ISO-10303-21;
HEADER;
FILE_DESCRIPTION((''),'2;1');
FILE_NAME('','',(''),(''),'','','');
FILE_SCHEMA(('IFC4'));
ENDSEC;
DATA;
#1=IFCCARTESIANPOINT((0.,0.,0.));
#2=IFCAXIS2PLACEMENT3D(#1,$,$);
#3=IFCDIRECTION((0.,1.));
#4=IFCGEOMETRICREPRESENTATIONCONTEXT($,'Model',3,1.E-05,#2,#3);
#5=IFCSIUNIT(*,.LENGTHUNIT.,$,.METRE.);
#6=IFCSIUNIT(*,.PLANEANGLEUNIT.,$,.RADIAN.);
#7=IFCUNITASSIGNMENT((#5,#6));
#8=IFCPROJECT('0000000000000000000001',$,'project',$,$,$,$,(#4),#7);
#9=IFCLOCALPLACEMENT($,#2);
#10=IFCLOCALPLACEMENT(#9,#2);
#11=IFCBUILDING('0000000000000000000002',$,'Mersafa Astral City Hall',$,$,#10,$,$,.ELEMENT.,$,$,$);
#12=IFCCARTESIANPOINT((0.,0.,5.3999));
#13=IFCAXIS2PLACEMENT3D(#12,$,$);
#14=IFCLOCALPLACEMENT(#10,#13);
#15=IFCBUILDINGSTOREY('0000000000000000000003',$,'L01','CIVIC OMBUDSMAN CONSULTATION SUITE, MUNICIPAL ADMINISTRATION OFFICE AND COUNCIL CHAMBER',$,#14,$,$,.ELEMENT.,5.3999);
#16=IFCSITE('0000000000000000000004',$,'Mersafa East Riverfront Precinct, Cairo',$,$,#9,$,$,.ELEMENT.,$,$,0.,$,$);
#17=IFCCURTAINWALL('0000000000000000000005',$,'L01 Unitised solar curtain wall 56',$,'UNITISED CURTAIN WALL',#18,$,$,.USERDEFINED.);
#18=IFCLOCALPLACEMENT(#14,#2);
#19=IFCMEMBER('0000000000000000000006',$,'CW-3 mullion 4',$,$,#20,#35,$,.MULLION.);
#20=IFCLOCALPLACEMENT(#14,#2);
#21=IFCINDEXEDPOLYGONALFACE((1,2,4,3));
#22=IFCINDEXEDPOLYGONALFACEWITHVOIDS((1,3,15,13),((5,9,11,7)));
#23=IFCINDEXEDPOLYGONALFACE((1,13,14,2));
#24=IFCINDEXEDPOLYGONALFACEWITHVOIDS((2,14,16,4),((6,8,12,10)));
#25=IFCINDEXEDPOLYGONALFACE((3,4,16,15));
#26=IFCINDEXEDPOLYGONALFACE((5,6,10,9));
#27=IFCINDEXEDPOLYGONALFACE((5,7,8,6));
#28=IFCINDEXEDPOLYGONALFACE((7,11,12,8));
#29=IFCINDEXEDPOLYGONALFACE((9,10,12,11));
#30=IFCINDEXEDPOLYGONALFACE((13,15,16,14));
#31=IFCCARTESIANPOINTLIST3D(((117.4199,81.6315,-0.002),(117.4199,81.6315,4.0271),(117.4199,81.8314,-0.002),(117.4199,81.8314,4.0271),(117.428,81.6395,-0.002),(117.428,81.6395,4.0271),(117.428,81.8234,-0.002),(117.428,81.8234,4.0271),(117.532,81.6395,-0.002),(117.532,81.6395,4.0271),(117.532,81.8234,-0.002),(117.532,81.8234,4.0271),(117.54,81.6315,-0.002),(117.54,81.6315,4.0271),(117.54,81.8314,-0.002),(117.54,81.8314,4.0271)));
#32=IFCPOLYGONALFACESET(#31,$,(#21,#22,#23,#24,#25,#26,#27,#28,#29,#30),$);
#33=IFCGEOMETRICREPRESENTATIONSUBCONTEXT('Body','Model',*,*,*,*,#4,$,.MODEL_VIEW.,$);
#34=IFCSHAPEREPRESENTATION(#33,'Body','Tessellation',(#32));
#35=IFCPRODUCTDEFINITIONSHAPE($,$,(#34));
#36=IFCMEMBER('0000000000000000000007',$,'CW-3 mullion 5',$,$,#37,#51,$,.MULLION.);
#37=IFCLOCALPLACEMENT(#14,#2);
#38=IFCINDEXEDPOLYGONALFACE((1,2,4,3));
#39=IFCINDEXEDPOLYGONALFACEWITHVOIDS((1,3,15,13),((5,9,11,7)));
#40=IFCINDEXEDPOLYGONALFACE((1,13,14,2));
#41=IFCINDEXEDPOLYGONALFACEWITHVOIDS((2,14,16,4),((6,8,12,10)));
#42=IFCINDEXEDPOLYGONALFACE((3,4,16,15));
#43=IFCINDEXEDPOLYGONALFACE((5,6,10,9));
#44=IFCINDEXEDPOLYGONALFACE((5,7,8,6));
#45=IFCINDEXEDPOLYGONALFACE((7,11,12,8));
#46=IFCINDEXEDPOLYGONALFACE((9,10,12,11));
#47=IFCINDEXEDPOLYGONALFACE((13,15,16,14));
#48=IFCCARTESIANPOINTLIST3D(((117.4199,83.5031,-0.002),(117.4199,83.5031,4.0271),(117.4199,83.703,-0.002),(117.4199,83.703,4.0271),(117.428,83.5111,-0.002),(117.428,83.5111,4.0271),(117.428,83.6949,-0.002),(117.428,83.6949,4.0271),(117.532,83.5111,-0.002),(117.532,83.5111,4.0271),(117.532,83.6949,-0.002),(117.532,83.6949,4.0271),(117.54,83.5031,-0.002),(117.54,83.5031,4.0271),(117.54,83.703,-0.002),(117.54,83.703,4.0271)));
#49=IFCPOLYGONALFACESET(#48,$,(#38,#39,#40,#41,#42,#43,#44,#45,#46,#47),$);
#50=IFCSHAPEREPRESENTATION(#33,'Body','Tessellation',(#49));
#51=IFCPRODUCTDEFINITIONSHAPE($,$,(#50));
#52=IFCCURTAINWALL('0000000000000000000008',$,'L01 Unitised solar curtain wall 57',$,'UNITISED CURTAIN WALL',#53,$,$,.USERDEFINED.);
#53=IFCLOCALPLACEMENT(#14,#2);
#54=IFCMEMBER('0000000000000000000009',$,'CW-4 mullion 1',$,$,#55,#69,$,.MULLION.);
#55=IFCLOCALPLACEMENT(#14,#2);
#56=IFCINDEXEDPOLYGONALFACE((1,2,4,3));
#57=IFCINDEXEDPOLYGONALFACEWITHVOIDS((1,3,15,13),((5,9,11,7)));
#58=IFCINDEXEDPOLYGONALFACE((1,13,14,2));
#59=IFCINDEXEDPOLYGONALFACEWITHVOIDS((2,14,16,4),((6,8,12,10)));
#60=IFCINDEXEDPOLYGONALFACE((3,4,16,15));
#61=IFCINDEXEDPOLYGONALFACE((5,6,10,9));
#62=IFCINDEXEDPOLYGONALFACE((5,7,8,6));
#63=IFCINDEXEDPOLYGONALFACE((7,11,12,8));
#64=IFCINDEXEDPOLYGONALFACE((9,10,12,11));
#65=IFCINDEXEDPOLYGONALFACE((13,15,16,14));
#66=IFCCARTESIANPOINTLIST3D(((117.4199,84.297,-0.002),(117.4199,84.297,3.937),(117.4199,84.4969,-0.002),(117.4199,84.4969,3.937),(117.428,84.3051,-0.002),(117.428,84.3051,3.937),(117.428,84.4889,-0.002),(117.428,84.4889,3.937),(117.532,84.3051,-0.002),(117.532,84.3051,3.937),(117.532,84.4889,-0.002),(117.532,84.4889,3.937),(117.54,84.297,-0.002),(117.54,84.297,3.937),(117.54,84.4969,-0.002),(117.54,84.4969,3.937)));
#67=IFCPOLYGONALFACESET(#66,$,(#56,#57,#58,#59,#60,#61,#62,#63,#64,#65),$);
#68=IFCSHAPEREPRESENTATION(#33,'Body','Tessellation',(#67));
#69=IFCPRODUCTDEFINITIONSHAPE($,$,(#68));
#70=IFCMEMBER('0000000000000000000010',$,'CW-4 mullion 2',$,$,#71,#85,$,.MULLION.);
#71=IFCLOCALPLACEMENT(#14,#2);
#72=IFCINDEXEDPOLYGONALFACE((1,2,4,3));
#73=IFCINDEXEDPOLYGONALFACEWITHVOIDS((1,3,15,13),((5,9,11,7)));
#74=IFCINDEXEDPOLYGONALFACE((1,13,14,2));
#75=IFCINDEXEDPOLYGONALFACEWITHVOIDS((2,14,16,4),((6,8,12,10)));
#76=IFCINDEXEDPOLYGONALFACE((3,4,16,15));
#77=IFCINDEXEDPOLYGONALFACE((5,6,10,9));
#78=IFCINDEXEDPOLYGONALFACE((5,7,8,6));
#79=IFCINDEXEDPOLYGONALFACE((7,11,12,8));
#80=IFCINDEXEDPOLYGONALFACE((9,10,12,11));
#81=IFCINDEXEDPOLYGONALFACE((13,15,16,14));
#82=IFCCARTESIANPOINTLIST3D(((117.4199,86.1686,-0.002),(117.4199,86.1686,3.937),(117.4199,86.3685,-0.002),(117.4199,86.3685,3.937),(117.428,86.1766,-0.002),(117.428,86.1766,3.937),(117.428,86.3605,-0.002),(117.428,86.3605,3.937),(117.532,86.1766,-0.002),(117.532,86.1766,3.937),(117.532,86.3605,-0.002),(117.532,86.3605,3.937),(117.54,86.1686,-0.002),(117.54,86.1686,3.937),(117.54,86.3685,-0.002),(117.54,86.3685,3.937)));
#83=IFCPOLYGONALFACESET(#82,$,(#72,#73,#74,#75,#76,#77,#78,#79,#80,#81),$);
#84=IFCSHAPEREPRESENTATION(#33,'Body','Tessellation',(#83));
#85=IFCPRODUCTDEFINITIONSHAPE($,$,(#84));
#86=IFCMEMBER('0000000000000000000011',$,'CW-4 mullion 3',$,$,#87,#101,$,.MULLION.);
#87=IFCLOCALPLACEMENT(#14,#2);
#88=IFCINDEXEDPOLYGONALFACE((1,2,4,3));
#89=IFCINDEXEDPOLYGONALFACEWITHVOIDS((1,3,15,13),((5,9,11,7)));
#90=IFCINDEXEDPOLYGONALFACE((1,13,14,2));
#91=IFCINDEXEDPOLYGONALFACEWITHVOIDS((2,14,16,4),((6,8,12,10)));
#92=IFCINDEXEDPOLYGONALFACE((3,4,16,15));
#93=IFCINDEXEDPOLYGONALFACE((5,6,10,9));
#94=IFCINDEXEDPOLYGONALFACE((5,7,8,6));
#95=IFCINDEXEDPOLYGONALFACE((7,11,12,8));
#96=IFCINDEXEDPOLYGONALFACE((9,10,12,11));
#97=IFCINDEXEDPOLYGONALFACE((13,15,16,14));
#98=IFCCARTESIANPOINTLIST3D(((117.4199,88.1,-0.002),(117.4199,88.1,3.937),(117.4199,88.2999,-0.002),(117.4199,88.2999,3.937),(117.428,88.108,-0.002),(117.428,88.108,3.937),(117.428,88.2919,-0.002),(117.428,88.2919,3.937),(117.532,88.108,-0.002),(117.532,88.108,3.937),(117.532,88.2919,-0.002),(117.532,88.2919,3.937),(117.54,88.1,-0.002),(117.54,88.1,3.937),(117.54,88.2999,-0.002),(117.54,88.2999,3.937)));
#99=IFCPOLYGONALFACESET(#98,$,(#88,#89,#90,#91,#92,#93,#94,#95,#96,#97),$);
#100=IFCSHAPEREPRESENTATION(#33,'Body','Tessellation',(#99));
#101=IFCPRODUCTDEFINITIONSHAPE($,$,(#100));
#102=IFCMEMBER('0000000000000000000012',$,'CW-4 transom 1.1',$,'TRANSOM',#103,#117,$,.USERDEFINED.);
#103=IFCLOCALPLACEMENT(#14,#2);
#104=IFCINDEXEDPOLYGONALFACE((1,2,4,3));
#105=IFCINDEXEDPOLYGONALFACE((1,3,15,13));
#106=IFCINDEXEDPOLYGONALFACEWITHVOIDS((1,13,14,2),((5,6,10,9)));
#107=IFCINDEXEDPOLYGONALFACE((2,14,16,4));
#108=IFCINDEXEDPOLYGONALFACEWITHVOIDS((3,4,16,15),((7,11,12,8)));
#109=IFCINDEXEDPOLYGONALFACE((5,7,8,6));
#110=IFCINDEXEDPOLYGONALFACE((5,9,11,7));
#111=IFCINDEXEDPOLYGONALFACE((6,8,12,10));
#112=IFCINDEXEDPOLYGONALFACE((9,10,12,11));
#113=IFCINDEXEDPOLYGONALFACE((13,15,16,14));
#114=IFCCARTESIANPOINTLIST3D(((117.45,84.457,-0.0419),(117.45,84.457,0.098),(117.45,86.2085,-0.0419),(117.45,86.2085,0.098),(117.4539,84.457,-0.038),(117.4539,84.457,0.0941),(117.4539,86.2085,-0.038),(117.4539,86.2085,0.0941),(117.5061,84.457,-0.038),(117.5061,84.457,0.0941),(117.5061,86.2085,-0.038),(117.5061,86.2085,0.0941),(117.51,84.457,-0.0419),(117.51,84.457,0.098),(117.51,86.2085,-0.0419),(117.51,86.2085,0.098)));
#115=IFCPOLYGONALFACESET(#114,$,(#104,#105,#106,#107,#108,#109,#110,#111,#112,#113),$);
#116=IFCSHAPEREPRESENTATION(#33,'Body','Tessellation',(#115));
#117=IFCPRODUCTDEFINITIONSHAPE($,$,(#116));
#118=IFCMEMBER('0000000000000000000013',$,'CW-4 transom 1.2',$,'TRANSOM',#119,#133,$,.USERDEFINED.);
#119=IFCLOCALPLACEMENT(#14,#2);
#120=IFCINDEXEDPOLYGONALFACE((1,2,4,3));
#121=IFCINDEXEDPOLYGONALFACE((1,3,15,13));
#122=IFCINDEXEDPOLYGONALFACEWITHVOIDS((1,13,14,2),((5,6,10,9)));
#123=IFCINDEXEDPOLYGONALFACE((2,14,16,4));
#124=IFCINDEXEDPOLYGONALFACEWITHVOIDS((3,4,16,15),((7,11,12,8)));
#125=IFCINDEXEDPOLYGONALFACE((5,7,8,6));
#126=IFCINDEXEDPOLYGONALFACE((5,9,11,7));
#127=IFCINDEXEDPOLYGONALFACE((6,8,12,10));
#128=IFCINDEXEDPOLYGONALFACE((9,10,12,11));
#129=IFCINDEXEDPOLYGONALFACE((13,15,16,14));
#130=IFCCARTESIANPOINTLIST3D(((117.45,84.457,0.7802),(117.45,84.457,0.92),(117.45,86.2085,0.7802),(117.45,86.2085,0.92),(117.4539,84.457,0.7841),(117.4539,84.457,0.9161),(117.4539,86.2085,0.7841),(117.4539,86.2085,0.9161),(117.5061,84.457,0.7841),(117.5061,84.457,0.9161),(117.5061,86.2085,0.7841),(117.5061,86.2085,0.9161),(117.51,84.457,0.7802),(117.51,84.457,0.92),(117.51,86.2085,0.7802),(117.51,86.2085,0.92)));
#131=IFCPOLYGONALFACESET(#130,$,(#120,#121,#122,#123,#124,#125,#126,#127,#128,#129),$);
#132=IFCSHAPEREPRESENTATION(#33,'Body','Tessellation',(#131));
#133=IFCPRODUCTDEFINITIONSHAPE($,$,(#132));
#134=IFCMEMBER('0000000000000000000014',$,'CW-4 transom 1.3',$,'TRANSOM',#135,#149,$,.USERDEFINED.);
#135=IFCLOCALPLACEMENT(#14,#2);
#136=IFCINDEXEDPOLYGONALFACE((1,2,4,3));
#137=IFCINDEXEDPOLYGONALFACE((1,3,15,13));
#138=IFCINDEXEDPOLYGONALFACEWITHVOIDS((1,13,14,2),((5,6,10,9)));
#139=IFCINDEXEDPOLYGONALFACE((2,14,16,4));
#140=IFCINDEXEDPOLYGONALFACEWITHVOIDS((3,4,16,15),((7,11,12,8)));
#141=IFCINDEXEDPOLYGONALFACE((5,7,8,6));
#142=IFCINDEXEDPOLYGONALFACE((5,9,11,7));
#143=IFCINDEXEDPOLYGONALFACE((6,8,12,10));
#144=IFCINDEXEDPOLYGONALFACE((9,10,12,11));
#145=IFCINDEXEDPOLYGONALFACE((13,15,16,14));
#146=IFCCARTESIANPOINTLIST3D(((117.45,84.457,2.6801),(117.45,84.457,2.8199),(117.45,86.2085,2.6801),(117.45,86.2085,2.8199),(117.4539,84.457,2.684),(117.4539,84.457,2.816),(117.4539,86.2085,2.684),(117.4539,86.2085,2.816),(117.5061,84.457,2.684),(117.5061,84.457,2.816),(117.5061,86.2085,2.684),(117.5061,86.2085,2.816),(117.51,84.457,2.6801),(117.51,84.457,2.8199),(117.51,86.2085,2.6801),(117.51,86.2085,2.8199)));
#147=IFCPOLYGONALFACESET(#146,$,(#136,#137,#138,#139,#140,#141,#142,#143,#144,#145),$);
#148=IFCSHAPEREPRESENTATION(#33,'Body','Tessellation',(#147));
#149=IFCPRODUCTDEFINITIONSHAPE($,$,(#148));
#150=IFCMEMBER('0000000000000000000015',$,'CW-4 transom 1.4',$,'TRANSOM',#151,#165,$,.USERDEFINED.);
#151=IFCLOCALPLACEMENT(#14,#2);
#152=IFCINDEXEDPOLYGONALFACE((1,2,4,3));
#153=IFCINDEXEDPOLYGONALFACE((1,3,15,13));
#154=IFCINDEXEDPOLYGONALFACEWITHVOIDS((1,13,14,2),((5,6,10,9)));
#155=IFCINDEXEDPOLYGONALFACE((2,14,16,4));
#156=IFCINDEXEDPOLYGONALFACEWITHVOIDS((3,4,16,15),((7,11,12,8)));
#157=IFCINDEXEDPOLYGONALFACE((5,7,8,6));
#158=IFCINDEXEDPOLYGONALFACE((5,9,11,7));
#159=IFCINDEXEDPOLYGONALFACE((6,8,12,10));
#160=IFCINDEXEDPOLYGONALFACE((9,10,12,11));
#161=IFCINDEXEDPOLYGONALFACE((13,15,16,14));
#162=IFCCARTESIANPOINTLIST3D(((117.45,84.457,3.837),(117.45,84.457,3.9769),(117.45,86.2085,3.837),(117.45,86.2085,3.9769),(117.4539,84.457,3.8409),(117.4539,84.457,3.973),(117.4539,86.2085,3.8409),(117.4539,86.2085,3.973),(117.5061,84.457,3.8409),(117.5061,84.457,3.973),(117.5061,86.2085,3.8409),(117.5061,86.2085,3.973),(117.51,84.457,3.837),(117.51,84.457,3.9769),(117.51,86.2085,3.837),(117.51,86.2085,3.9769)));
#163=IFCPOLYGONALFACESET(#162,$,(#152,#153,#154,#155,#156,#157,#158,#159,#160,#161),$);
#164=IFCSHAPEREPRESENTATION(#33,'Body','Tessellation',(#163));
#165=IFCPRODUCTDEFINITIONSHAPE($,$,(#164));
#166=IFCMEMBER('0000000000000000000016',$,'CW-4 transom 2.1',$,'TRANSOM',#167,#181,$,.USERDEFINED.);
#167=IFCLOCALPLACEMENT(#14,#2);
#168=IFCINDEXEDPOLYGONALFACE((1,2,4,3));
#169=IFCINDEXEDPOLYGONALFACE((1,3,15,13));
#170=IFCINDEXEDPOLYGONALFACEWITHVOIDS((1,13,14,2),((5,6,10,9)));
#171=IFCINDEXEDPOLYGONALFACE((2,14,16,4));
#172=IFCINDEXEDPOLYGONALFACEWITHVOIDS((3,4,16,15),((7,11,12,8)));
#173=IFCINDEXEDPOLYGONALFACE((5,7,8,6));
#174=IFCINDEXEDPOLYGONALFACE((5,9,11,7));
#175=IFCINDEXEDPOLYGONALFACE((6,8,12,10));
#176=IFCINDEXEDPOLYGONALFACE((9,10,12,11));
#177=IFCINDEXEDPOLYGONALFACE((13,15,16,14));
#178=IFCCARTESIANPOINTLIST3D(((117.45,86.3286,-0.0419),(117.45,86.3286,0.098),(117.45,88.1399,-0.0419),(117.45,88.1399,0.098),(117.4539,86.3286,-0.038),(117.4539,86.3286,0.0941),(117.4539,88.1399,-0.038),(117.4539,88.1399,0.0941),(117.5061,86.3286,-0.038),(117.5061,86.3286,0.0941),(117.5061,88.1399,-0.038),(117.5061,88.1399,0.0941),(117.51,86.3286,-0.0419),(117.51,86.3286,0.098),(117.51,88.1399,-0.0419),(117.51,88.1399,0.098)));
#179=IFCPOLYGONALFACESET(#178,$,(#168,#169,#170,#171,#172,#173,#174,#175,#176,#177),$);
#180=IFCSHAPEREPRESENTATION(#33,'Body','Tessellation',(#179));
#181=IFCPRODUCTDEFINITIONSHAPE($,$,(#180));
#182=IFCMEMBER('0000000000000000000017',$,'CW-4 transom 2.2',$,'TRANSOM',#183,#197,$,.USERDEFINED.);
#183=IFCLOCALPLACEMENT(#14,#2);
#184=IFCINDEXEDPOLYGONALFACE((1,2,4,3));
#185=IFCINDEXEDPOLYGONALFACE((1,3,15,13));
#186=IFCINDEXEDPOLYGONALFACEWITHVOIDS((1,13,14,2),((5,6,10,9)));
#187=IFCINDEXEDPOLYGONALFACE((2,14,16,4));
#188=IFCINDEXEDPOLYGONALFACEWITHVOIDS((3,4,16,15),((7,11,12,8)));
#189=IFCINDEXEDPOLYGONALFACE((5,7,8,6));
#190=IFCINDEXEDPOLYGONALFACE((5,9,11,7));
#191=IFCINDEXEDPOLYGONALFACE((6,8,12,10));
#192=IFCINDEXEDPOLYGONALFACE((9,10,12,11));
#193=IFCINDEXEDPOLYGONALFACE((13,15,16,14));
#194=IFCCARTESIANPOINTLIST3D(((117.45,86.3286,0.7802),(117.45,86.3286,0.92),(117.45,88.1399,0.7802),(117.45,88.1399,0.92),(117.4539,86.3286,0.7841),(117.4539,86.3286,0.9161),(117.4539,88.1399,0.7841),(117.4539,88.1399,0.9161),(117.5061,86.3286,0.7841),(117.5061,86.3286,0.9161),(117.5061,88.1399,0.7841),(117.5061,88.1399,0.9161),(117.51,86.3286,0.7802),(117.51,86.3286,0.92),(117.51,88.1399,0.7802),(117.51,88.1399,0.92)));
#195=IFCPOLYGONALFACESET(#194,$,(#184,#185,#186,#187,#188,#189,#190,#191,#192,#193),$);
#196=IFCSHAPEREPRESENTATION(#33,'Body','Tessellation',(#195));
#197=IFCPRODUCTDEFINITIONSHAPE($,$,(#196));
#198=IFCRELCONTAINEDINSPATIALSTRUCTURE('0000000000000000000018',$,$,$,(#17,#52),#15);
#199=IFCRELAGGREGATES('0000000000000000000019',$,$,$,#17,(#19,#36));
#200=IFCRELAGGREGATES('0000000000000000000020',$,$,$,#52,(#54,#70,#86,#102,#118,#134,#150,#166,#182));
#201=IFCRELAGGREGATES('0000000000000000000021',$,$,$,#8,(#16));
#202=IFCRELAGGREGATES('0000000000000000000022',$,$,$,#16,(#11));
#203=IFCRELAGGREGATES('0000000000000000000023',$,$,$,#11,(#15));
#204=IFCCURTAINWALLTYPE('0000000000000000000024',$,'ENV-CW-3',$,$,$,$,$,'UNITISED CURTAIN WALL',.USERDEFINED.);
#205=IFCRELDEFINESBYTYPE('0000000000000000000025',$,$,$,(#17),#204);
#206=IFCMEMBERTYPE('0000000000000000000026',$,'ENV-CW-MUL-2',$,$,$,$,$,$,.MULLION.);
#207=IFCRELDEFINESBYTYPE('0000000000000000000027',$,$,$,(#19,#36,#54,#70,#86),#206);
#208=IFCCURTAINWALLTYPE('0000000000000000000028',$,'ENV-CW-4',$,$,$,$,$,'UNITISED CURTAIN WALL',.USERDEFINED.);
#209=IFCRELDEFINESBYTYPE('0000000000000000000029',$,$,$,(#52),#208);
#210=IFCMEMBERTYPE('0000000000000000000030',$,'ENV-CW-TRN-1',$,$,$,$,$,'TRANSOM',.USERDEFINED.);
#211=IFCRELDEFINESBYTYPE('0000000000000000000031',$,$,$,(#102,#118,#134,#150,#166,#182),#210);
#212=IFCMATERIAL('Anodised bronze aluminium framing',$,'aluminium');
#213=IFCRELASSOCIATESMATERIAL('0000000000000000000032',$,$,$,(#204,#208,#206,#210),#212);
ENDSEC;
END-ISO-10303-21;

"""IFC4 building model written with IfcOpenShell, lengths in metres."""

from ifc_helpers import new_model, si_unit, direction, frame, origin, origin_2d, place, context, subcontext, project, spatial, hollow_rectangle, extrude, material, material_profile, profile_set, type_object, element, aggregate, save


model = new_model("IFC4")

# Units and contexts
model_context = context("Model", 3, precision=1e-05, world=origin(), true_north=direction((0.0, 1.0)))
body_context = subcontext(model_context, "Body", "Model", "MODEL_VIEW")
ifc_project = project(units=[si_unit("LENGTHUNIT", "METRE"), si_unit("PLANEANGLEUNIT", "RADIAN")], contexts=[model_context])

# Site, building, storey
site_placement = place(None, origin())
site = spatial("IfcSite", under=ifc_project, at=site_placement, Name="Mersafa East Riverfront Precinct, Cairo", CompositionType="ELEMENT", RefElevation=0.0)
building_placement = place(site_placement, origin())
building = spatial("IfcBuilding", under=site, at=building_placement, Name="Mersafa Astral City Hall", CompositionType="ELEMENT")
storey_placement = place(building_placement, frame((0.0, 0.0, 5.3999)))
storey = spatial("IfcBuildingStorey", under=building, at=storey_placement, Name="L01", Description="CIVIC OMBUDSMAN CONSULTATION SUITE, MUNICIPAL ADMINISTRATION OFFICE AND COUNCIL CHAMBER", CompositionType="ELEMENT", Elevation=5.3999)

# Curtain walls, members
ifc_material_1 = material(Name="Anodised bronze aluminium framing", Category="aluminium")
curtain_wall_type_1 = type_object("IfcCurtainWallType", Name="ENV-CW-3", ElementType="UNITISED CURTAIN WALL", PredefinedType="USERDEFINED", material=ifc_material_1)
curtain_wall_1_placement = place(storey_placement, origin())
curtain_wall_1 = element("IfcCurtainWall", 1, at=curtain_wall_1_placement, inside=storey, type_object=curtain_wall_type_1, Name="L01 Unitised solar curtain wall 56", ObjectType="UNITISED CURTAIN WALL", PredefinedType="USERDEFINED")
ifc_material_profile_1 = material_profile(ifc_material_1, hollow_rectangle(XDim=0.1201, YDim=0.2, WallThickness=0.0081, at=origin_2d()), Name="RHS 120x200x8")
ifc_profile_set_1 = profile_set([ifc_material_profile_1], Name="Anodised bronze aluminium framing")
member_type_1 = type_object("IfcMemberType", Name="ENV-CW-MUL-2", PredefinedType="MULLION", material=ifc_profile_set_1)
member_1_placement = place(storey_placement, frame((117.48, 81.7314, -0.002), z_axis=(0.0, 0.0, 1.0), x_axis=(-1.0, 0.0, 0.0)))
member_1 = element("IfcMember", 2, at=member_1_placement, type_object=member_type_1, Name="CW-3 mullion 4", PredefinedType="MULLION", context=body_context, shape_type="SweptSolid", body=[
    extrude(hollow_rectangle(XDim=0.1201, YDim=0.2, WallThickness=0.0081, at=origin_2d()), origin(), (0.0, 0.0, 1.0), 4.0291),
])
member_2_placement = place(storey_placement, frame((117.48, 83.603, -0.002), z_axis=(0.0, 0.0, 1.0), x_axis=(-1.0, 0.0, 0.0)))
member_2 = element("IfcMember", 3, at=member_2_placement, type_object=member_type_1, Name="CW-3 mullion 5", PredefinedType="MULLION", context=body_context, shape_type="SweptSolid", body=[
    extrude(hollow_rectangle(XDim=0.1201, YDim=0.2, WallThickness=0.0081, at=origin_2d()), origin(), (0.0, 0.0, 1.0), 4.0291),
])
curtain_wall_type_2 = type_object("IfcCurtainWallType", Name="ENV-CW-4", ElementType="UNITISED CURTAIN WALL", PredefinedType="USERDEFINED", material=ifc_material_1)
curtain_wall_2_placement = place(storey_placement, origin())
curtain_wall_2 = element("IfcCurtainWall", 4, at=curtain_wall_2_placement, inside=storey, type_object=curtain_wall_type_2, Name="L01 Unitised solar curtain wall 57", ObjectType="UNITISED CURTAIN WALL", PredefinedType="USERDEFINED")
member_3_placement = place(storey_placement, frame((117.48, 84.397, -0.002), z_axis=(0.0, 0.0, 1.0), x_axis=(-1.0, 0.0, 0.0)))
member_3 = element("IfcMember", 5, at=member_3_placement, type_object=member_type_1, Name="CW-4 mullion 1", PredefinedType="MULLION", context=body_context, shape_type="SweptSolid", body=[
    extrude(hollow_rectangle(XDim=0.1201, YDim=0.2, WallThickness=0.0081, at=origin_2d()), origin(), (0.0, 0.0, 1.0), 3.939),
])
member_4_placement = place(storey_placement, frame((117.48, 86.2686, -0.002), z_axis=(0.0, 0.0, 1.0), x_axis=(-1.0, 0.0, 0.0)))
member_4 = element("IfcMember", 6, at=member_4_placement, type_object=member_type_1, Name="CW-4 mullion 2", PredefinedType="MULLION", context=body_context, shape_type="SweptSolid", body=[
    extrude(hollow_rectangle(XDim=0.1201, YDim=0.2, WallThickness=0.0081, at=origin_2d()), origin(), (0.0, 0.0, 1.0), 3.939),
])
member_5_placement = place(storey_placement, frame((117.48, 88.2, -0.002), z_axis=(0.0, 0.0, 1.0), x_axis=(-1.0, 0.0, 0.0)))
member_5 = element("IfcMember", 7, at=member_5_placement, type_object=member_type_1, Name="CW-4 mullion 3", PredefinedType="MULLION", context=body_context, shape_type="SweptSolid", body=[
    extrude(hollow_rectangle(XDim=0.1201, YDim=0.2, WallThickness=0.0081, at=origin_2d()), origin(), (0.0, 0.0, 1.0), 3.939),
])
ifc_material_profile_2 = material_profile(ifc_material_1, hollow_rectangle(XDim=0.0601, YDim=0.1399, WallThickness=0.0039, at=origin_2d()), Name="RHS 60x140x4")
ifc_profile_set_2 = profile_set([ifc_material_profile_2], Name="Anodised bronze aluminium framing")
member_type_2 = type_object("IfcMemberType", Name="ENV-CW-TRN-1", ElementType="TRANSOM", PredefinedType="USERDEFINED", material=ifc_profile_set_2)
member_6_placement = place(storey_placement, frame((117.48, 84.457, 0.0281), z_axis=(0.0, 1.0, 0.0), x_axis=(-1.0, 0.0, 0.0)))
member_6 = element("IfcMember", 8, at=member_6_placement, type_object=member_type_2, Name="CW-4 transom 1.1", ObjectType="TRANSOM", PredefinedType="USERDEFINED", context=body_context, shape_type="SweptSolid", body=[
    extrude(hollow_rectangle(XDim=0.0601, YDim=0.1399, WallThickness=0.0039, at=origin_2d()), origin(), (0.0, 0.0, 1.0), 1.7515),
])
member_7_placement = place(storey_placement, frame((117.48, 84.457, 0.8501), z_axis=(0.0, 1.0, 0.0), x_axis=(-1.0, 0.0, 0.0)))
member_7 = element("IfcMember", 9, at=member_7_placement, type_object=member_type_2, Name="CW-4 transom 1.2", ObjectType="TRANSOM", PredefinedType="USERDEFINED", context=body_context, shape_type="SweptSolid", body=[
    extrude(hollow_rectangle(XDim=0.0601, YDim=0.1399, WallThickness=0.0039, at=origin_2d()), origin(), (0.0, 0.0, 1.0), 1.7515),
])
member_8_placement = place(storey_placement, frame((117.48, 84.457, 2.75), z_axis=(0.0, 1.0, 0.0), x_axis=(-1.0, 0.0, 0.0)))
member_8 = element("IfcMember", 10, at=member_8_placement, type_object=member_type_2, Name="CW-4 transom 1.3", ObjectType="TRANSOM", PredefinedType="USERDEFINED", context=body_context, shape_type="SweptSolid", body=[
    extrude(hollow_rectangle(XDim=0.0601, YDim=0.1399, WallThickness=0.0039, at=origin_2d()), origin(), (0.0, 0.0, 1.0), 1.7515),
])
member_9_placement = place(storey_placement, frame((117.48, 84.457, 3.907), z_axis=(0.0, 1.0, 0.0), x_axis=(-1.0, 0.0, 0.0)))
member_9 = element("IfcMember", 11, at=member_9_placement, type_object=member_type_2, Name="CW-4 transom 1.4", ObjectType="TRANSOM", PredefinedType="USERDEFINED", context=body_context, shape_type="SweptSolid", body=[
    extrude(hollow_rectangle(XDim=0.0601, YDim=0.1399, WallThickness=0.0039, at=origin_2d()), origin(), (0.0, 0.0, 1.0), 1.7515),
])
member_10_placement = place(storey_placement, frame((117.48, 86.3286, 0.0281), z_axis=(0.0, 1.0, 0.0), x_axis=(-1.0, 0.0, 0.0)))
member_10 = element("IfcMember", 12, at=member_10_placement, type_object=member_type_2, Name="CW-4 transom 2.1", ObjectType="TRANSOM", PredefinedType="USERDEFINED", context=body_context, shape_type="SweptSolid", body=[
    extrude(hollow_rectangle(XDim=0.0601, YDim=0.1399, WallThickness=0.0039, at=origin_2d()), origin(), (0.0, 0.0, 1.0), 1.8113),
])
member_11_placement = place(storey_placement, frame((117.48, 86.3286, 0.8501), z_axis=(0.0, 1.0, 0.0), x_axis=(-1.0, 0.0, 0.0)))
member_11 = element("IfcMember", 13, at=member_11_placement, type_object=member_type_2, Name="CW-4 transom 2.2", ObjectType="TRANSOM", PredefinedType="USERDEFINED", context=body_context, shape_type="SweptSolid", body=[
    extrude(hollow_rectangle(XDim=0.0601, YDim=0.1399, WallThickness=0.0039, at=origin_2d()), origin(), (0.0, 0.0, 1.0), 1.8113),
])

aggregate(curtain_wall_1, [member_1, member_2])
aggregate(curtain_wall_2, [member_3, member_4, member_5, member_6, member_7, member_8, member_9, member_10, member_11])

save(model, "model.ifc")
